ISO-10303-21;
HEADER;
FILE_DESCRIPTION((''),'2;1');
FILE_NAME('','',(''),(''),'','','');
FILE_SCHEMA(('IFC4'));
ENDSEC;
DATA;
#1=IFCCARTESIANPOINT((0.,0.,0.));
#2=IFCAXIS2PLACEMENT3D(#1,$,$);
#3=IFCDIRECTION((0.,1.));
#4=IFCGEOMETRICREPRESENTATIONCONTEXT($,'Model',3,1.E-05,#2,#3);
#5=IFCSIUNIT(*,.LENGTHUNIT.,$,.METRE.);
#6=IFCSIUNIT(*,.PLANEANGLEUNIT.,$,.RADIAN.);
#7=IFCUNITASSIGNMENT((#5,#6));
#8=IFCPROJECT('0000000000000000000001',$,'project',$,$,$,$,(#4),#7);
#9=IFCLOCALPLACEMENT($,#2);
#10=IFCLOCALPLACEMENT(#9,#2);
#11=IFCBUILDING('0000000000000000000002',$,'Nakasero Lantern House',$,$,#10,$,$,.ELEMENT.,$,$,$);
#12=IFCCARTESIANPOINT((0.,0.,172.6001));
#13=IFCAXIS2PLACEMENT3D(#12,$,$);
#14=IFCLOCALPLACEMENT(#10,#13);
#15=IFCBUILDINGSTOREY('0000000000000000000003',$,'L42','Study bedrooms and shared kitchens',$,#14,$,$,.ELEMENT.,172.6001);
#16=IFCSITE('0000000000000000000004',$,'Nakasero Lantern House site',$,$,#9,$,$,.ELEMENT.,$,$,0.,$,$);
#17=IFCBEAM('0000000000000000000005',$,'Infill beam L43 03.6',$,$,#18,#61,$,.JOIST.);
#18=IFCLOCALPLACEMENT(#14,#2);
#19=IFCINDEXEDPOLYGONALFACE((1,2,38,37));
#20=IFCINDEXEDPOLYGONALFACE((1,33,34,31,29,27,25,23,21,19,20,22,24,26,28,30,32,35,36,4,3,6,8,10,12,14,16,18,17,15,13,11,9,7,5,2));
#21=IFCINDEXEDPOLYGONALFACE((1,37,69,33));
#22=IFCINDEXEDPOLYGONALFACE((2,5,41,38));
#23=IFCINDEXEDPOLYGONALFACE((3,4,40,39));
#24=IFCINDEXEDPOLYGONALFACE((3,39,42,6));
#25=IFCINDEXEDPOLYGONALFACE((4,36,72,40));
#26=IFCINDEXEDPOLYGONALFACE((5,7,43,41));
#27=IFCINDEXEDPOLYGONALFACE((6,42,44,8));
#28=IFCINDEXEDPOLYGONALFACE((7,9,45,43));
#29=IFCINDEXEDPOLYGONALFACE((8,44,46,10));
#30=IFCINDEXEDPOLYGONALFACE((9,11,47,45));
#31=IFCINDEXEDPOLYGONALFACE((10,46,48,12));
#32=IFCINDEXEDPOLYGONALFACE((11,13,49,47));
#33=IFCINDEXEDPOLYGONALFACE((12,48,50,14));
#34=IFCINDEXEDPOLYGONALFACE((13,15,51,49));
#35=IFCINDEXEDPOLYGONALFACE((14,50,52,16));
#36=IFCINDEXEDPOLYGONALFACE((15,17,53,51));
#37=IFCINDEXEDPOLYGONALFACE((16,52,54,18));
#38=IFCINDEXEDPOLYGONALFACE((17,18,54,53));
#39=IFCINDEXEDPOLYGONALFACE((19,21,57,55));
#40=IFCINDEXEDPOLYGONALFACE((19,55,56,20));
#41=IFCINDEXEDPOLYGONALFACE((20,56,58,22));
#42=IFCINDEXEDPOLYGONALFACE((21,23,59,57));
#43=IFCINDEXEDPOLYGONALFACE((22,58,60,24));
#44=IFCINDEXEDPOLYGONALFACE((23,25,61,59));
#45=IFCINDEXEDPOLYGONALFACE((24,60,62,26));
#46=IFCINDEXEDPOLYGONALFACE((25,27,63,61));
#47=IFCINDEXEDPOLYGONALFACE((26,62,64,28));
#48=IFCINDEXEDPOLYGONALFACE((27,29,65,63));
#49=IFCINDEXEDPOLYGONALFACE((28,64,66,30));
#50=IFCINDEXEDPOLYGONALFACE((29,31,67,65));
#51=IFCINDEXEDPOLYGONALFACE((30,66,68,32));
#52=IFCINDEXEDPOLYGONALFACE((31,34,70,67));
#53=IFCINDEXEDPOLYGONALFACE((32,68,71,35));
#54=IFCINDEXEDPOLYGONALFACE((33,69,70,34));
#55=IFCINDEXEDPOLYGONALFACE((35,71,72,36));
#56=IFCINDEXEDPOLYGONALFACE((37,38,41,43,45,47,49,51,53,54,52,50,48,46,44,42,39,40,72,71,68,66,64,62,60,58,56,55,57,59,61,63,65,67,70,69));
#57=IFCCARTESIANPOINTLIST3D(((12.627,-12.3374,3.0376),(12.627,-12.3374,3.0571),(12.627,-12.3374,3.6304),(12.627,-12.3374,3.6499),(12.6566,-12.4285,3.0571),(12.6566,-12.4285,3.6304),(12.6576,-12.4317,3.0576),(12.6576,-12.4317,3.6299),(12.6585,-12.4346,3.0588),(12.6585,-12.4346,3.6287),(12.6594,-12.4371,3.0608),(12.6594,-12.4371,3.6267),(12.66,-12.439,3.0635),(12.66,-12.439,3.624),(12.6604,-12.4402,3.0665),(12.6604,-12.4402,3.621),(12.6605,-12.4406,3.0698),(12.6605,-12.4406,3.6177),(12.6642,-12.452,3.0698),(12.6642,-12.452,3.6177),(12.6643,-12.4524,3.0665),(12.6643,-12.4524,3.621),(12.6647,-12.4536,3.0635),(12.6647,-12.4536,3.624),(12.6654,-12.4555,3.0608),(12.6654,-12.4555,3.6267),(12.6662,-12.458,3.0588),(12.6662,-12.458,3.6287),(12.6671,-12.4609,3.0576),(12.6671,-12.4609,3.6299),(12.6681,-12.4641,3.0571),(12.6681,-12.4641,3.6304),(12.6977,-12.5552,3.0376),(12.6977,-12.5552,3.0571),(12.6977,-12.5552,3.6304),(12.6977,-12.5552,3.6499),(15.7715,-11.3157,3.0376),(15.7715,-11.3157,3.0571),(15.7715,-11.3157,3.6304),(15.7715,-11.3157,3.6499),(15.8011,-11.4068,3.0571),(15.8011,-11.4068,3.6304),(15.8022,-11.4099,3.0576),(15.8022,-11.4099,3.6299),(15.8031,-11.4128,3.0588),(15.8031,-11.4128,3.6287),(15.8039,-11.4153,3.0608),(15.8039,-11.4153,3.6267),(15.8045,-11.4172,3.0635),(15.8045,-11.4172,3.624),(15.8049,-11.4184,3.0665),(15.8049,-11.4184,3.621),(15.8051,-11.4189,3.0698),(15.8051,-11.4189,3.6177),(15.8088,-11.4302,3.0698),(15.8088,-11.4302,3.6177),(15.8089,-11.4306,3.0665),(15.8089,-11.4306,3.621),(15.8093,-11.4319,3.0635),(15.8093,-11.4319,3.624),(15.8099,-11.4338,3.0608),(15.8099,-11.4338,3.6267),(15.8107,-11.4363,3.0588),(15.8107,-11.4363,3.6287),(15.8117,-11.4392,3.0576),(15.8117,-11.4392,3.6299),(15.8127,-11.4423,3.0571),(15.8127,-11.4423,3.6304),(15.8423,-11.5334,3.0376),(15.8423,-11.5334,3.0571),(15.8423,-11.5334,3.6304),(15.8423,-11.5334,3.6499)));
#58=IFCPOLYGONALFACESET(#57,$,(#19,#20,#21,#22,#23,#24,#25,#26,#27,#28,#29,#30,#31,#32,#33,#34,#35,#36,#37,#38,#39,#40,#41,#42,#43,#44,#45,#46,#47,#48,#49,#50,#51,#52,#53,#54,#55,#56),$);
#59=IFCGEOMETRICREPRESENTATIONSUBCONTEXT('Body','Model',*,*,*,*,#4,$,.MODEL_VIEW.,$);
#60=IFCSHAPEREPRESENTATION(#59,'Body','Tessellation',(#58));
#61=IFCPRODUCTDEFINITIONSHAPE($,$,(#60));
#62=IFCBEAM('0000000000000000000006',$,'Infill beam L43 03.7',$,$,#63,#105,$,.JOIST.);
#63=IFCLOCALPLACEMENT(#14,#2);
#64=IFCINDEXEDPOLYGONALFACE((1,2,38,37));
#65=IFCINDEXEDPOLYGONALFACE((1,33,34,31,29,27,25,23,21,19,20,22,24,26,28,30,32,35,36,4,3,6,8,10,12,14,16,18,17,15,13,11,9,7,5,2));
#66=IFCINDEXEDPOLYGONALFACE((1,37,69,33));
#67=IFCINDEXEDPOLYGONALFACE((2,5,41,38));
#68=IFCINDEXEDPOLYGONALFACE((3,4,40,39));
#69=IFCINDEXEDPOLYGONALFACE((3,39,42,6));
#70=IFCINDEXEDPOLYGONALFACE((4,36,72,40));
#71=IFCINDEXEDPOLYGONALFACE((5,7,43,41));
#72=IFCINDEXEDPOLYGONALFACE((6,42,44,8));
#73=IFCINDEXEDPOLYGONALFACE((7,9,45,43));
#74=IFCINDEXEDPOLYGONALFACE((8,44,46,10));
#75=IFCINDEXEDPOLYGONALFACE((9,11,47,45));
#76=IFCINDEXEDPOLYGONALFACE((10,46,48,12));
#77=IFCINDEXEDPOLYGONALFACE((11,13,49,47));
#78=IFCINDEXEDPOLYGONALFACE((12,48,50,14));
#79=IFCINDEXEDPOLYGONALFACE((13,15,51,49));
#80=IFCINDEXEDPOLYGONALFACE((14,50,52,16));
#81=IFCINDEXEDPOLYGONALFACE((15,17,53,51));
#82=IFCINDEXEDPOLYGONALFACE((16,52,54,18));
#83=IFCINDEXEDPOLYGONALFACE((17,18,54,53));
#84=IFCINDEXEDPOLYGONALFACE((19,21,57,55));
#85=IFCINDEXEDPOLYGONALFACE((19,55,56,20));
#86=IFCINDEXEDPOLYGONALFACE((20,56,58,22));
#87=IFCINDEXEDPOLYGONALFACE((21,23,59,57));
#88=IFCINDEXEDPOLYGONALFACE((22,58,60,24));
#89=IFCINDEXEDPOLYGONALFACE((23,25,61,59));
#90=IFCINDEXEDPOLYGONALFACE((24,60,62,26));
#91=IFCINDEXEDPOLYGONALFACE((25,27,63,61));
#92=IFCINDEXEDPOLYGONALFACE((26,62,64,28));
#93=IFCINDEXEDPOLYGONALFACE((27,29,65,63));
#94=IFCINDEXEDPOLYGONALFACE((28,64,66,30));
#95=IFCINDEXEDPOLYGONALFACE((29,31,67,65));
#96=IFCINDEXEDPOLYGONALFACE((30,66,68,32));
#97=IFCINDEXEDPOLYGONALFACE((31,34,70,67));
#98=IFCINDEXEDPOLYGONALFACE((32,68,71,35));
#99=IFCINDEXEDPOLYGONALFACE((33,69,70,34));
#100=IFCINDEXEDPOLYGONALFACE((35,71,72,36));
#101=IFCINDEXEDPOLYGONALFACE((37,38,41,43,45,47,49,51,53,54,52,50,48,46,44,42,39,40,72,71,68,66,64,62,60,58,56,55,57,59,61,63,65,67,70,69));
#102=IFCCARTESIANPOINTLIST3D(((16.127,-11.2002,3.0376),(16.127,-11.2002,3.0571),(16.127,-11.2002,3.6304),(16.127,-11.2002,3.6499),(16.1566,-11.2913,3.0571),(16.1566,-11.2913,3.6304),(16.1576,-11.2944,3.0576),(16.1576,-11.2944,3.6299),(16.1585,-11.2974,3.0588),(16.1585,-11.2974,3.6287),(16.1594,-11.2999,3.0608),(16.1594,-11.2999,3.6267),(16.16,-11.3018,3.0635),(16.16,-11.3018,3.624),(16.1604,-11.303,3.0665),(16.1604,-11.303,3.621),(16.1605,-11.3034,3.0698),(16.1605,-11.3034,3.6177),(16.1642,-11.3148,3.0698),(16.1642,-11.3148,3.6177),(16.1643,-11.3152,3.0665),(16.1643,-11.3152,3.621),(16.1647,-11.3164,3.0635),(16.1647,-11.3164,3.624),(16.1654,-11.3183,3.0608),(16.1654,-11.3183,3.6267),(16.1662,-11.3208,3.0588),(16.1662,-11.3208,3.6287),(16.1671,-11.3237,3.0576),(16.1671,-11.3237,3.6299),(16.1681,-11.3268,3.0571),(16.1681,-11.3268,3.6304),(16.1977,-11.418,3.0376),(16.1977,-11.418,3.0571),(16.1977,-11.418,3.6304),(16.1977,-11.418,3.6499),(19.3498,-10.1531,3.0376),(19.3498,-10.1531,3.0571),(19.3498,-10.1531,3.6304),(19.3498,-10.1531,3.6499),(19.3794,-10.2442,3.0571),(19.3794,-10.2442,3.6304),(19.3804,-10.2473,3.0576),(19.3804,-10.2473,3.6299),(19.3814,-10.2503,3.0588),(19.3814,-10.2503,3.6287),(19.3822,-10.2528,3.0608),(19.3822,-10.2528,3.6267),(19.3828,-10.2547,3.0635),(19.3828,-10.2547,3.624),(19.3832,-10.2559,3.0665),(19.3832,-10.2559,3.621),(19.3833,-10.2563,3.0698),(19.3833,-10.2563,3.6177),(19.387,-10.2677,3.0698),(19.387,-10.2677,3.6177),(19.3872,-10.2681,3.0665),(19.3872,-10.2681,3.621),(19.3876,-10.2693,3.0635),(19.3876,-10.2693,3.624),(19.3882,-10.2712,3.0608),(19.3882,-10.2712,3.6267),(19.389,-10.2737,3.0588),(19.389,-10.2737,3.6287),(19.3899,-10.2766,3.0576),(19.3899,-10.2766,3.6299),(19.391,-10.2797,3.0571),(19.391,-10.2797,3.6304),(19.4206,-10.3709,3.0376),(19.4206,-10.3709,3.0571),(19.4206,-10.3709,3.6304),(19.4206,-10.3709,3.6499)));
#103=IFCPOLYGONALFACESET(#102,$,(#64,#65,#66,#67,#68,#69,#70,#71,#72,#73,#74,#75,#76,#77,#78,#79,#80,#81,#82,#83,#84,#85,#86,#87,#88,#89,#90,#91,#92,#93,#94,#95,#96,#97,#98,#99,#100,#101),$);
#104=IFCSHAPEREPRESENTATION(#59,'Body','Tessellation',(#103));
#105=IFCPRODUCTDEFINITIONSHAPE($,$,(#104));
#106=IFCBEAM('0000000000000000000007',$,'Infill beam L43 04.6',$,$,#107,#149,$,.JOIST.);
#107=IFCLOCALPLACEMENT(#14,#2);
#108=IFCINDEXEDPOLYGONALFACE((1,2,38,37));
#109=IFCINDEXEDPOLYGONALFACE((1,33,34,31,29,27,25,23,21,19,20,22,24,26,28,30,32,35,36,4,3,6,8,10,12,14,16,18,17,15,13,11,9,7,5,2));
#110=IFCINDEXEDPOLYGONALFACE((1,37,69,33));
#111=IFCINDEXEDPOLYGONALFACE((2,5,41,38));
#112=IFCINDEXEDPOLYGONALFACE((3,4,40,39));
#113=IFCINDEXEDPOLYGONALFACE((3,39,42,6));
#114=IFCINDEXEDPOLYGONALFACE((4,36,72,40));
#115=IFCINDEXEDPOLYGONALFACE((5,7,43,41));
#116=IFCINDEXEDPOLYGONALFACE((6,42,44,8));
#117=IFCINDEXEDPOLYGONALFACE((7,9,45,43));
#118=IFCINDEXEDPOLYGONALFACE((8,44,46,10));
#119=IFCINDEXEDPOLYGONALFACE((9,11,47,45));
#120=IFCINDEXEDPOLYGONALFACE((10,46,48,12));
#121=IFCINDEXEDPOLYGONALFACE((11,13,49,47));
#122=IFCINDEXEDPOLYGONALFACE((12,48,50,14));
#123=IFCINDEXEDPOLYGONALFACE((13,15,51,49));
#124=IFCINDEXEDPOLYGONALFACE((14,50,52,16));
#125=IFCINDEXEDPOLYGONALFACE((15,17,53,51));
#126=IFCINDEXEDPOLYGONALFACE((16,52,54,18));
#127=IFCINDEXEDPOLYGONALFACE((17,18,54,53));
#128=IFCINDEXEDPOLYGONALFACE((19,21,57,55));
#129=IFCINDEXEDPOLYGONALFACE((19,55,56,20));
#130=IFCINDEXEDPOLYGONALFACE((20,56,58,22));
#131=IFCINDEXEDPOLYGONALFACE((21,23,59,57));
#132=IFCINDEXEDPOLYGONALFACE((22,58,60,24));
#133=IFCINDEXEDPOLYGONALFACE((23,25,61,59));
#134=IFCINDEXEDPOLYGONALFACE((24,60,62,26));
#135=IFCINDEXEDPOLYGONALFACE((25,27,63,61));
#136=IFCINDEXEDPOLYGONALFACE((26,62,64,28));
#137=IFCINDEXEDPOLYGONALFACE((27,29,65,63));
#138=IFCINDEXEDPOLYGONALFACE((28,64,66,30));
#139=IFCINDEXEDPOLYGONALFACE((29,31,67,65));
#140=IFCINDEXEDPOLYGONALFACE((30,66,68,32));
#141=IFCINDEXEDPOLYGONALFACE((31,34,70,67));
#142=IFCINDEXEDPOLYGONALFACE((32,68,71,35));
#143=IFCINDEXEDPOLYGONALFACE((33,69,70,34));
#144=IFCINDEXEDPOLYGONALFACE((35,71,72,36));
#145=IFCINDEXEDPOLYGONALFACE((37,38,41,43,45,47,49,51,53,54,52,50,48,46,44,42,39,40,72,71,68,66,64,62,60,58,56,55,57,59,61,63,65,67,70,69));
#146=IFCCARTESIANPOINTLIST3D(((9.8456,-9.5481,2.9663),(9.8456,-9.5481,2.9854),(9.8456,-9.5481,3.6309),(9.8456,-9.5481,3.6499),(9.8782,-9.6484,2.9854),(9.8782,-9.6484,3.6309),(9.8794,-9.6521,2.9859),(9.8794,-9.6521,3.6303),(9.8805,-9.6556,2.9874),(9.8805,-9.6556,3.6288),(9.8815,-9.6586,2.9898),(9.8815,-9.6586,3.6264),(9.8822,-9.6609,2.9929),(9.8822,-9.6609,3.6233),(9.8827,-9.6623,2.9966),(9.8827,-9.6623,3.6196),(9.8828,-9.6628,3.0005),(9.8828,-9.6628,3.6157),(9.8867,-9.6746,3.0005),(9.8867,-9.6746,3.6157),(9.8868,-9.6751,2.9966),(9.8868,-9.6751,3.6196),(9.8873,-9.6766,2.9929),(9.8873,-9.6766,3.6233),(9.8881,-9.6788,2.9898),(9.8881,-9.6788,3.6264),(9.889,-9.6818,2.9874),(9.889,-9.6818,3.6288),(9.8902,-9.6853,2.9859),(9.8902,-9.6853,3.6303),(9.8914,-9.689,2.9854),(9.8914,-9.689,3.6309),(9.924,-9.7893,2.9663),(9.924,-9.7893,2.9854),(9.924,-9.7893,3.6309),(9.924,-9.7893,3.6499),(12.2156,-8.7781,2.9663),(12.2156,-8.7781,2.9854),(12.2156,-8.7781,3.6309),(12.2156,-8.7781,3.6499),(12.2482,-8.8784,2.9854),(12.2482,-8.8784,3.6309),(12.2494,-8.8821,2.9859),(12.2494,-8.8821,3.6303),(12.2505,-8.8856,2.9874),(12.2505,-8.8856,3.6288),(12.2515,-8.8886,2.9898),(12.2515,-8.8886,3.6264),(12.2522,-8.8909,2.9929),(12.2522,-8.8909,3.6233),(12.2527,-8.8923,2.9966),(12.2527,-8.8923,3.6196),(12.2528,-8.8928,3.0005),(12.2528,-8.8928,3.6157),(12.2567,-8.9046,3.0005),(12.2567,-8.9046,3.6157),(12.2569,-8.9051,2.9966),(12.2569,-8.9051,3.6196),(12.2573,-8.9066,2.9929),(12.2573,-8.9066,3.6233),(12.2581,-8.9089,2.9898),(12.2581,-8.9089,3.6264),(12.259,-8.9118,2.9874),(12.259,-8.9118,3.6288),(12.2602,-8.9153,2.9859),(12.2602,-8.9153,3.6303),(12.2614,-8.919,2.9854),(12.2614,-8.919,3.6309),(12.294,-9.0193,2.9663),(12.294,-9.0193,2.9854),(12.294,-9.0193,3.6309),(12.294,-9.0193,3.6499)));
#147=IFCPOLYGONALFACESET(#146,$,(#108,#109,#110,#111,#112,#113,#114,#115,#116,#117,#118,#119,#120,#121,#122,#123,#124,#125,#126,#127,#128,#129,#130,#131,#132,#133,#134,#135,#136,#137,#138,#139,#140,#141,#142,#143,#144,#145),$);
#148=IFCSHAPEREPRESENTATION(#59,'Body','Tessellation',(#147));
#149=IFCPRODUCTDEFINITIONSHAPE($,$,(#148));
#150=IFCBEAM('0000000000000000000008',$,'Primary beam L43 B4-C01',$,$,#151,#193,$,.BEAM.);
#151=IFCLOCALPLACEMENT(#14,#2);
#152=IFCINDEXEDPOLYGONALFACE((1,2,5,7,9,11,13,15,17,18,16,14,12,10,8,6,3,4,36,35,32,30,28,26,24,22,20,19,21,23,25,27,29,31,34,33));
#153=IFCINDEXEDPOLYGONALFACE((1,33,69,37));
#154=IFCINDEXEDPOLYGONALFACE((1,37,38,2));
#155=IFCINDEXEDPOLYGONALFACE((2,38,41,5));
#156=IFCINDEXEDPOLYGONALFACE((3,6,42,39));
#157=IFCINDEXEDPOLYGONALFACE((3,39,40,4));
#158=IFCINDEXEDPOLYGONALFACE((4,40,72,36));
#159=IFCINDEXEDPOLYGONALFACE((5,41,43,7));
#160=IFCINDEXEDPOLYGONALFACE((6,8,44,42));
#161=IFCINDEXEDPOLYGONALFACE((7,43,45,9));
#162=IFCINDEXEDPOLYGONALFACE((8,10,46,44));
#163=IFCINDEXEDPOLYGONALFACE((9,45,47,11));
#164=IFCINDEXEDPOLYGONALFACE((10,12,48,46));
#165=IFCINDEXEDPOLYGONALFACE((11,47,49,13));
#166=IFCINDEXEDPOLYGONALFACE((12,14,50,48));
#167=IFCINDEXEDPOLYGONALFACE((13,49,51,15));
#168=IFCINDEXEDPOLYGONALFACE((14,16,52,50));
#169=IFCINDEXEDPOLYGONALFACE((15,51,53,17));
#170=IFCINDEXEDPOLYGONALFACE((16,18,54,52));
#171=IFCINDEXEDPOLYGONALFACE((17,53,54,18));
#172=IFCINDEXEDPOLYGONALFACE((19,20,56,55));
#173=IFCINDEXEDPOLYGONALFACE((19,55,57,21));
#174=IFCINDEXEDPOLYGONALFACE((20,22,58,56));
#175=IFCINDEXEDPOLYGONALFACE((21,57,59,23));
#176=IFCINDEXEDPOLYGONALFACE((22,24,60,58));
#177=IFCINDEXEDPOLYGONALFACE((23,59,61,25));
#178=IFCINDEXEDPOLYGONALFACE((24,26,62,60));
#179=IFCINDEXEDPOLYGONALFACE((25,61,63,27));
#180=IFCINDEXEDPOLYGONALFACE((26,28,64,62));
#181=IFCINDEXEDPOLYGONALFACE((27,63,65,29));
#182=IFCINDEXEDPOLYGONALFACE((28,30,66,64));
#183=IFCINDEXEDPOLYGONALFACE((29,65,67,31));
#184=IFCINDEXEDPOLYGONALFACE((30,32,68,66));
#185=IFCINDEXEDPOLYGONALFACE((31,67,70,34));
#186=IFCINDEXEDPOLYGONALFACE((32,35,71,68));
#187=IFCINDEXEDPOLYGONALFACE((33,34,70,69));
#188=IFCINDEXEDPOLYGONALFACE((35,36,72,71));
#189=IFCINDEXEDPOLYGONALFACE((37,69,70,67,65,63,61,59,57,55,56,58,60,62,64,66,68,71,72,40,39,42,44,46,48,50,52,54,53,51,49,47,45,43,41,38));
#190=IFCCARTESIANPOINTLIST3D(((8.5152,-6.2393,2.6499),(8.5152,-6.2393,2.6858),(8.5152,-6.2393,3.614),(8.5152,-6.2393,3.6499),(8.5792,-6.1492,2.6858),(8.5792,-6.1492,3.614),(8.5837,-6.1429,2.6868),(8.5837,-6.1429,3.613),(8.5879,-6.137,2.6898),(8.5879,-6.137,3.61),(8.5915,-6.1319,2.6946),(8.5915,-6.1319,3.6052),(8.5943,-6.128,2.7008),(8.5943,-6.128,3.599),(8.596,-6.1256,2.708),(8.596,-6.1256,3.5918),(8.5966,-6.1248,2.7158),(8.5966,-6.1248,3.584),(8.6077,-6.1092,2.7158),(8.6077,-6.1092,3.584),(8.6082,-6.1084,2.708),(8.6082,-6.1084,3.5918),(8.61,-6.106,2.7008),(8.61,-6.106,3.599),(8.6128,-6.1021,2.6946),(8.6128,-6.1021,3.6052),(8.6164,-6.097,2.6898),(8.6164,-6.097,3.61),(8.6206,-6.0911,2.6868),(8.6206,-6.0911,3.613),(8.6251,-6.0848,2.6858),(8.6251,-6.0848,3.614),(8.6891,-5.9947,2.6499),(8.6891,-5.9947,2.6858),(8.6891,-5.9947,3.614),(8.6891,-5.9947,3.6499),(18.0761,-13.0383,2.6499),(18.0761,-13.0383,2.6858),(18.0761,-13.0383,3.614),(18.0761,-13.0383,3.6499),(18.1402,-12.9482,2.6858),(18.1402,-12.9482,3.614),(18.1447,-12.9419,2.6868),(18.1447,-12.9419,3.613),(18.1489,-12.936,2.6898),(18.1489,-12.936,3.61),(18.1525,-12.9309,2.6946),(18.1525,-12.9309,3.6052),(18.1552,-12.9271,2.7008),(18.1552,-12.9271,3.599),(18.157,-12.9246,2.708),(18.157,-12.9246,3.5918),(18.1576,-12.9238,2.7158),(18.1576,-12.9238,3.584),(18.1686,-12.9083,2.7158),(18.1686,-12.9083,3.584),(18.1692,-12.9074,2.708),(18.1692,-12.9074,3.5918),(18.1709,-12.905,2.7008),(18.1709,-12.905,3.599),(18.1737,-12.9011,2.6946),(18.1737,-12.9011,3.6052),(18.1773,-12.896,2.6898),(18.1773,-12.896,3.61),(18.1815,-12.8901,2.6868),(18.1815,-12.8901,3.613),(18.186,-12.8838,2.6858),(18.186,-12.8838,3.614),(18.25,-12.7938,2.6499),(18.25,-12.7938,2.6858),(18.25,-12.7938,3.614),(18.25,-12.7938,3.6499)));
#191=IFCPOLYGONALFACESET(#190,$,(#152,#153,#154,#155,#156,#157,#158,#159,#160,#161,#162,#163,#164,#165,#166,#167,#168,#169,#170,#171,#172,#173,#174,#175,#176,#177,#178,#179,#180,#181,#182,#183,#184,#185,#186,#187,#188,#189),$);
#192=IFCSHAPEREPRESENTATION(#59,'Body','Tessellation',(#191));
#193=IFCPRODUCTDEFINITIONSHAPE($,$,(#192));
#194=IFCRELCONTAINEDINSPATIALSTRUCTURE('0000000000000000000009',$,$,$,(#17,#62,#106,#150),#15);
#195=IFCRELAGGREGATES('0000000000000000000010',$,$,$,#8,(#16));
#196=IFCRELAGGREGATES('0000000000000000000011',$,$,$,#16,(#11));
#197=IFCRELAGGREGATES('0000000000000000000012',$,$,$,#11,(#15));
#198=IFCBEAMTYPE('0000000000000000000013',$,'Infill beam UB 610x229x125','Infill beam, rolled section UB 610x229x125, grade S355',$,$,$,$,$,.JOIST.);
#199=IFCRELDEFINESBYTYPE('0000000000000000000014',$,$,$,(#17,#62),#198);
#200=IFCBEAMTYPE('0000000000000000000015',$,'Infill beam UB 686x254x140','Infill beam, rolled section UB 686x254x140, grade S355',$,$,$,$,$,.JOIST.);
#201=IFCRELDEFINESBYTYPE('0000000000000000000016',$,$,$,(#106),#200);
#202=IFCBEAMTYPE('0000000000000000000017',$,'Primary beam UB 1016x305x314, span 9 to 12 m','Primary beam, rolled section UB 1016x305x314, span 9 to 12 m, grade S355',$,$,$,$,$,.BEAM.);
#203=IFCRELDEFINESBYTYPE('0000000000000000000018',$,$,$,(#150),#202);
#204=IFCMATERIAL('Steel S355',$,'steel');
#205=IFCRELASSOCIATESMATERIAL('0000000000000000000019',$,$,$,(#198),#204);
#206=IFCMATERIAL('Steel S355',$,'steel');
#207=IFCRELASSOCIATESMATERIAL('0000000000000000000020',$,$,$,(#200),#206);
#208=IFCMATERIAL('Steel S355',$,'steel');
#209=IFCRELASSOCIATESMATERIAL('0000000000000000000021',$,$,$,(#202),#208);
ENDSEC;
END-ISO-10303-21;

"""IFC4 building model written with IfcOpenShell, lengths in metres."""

from ifc_helpers import new_model, si_unit, direction, frame, origin, origin_2d, place, context, subcontext, project, spatial, i_section, extrude, material, material_profile, profile_set, type_object, element, save


model = new_model("IFC4")

# Units and contexts
model_context = context("Model", 3, precision=1e-05, world=origin(), true_north=direction((0.0, 1.0)))
body_context = subcontext(model_context, "Body", "Model", "MODEL_VIEW")
ifc_project = project(units=[si_unit("LENGTHUNIT", "METRE"), si_unit("PLANEANGLEUNIT", "RADIAN")], contexts=[model_context])

# Site, building, storey
site_placement = place(None, origin())
site = spatial("IfcSite", under=ifc_project, at=site_placement, Name="Nakasero Lantern House site", CompositionType="ELEMENT", RefElevation=0.0)
building_placement = place(site_placement, origin())
building = spatial("IfcBuilding", under=site, at=building_placement, Name="Nakasero Lantern House", CompositionType="ELEMENT")
storey_placement = place(building_placement, frame((0.0, 0.0, 172.6001)))
storey = spatial("IfcBuildingStorey", under=building, at=storey_placement, Name="L42", Description="Study bedrooms and shared kitchens", CompositionType="ELEMENT", Elevation=172.6001)

# Beams
ifc_material_1 = material(Name="Steel S355", Category="steel")
ifc_material_profile_1 = material_profile(ifc_material_1, i_section(OverallWidth=0.229, OverallDepth=0.6123, WebThickness=0.012, FlangeThickness=0.0195, FilletRadius=0.0127, at=origin_2d()), Name="UB 610x229x125")
ifc_profile_set_1 = profile_set([ifc_material_profile_1], Name="Steel S355")
beam_type_1 = type_object("IfcBeamType", Name="Infill beam UB 610x229x125", Description="Infill beam, rolled section UB 610x229x125, grade S355", PredefinedType="JOIST", material=ifc_profile_set_1)
beam_1_placement = place(storey_placement, frame((12.6624, -12.4463, 3.3438), z_axis=(0.951056, 0.309019, 0.0), x_axis=(-0.309019, 0.951056, 0.0)))
element("IfcBeam", 1, at=beam_1_placement, inside=storey, type_object=beam_type_1, Name="Infill beam L43 03.6", PredefinedType="JOIST", context=body_context, shape_type="SweptSolid", body=[
    extrude(i_section(OverallWidth=0.229, OverallDepth=0.6123, WebThickness=0.012, FlangeThickness=0.0195, FilletRadius=0.0127, at=origin_2d()), origin(), (0.0, 0.0, 1.0), 3.3064),
])
beam_2_placement = place(storey_placement, frame((16.1624, -11.3091, 3.3438), z_axis=(0.951062, 0.309, 0.0), x_axis=(-0.309, 0.951062, 0.0)))
element("IfcBeam", 2, at=beam_2_placement, inside=storey, type_object=beam_type_1, Name="Infill beam L43 03.7", PredefinedType="JOIST", context=body_context, shape_type="SweptSolid", body=[
    extrude(i_section(OverallWidth=0.229, OverallDepth=0.6123, WebThickness=0.012, FlangeThickness=0.0195, FilletRadius=0.0127, at=origin_2d()), origin(), (0.0, 0.0, 1.0), 3.3887),
])
ifc_material_2 = material(Name="Steel S355", Category="steel")
ifc_material_profile_2 = material_profile(ifc_material_2, i_section(OverallWidth=0.2537, OverallDepth=0.6836, WebThickness=0.0125, FlangeThickness=0.019, FilletRadius=0.0151, at=origin_2d()), Name="UB 686x254x140")
ifc_profile_set_2 = profile_set([ifc_material_profile_2], Name="Steel S355")
beam_type_2 = type_object("IfcBeamType", Name="Infill beam UB 686x254x140", Description="Infill beam, rolled section UB 686x254x140, grade S355", PredefinedType="JOIST", material=ifc_profile_set_2)
beam_3_placement = place(storey_placement, frame((9.8848, -9.6687, 3.3081), z_axis=(0.951066, 0.308989, 0.0), x_axis=(-0.308989, 0.951066, 0.0)))
element("IfcBeam", 3, at=beam_3_placement, inside=storey, type_object=beam_type_2, Name="Infill beam L43 04.6", PredefinedType="JOIST", context=body_context, shape_type="SweptSolid", body=[
    extrude(i_section(OverallWidth=0.2537, OverallDepth=0.6836, WebThickness=0.0125, FlangeThickness=0.019, FilletRadius=0.0151, at=origin_2d()), origin(), (0.0, 0.0, 1.0), 2.4919),
])
ifc_material_3 = material(Name="Steel S355", Category="steel")
ifc_material_profile_3 = material_profile(ifc_material_3, i_section(OverallWidth=0.3, OverallDepth=1.0, WebThickness=0.019, FlangeThickness=0.0359, FilletRadius=0.03, at=origin_2d()), Name="UB 1016x305x314")
ifc_profile_set_3 = profile_set([ifc_material_profile_3], Name="Steel S355")
beam_type_3 = type_object("IfcBeamType", Name="Primary beam UB 1016x305x314, span 9 to 12 m", Description="Primary beam, rolled section UB 1016x305x314, span 9 to 12 m, grade S355", PredefinedType="BEAM", material=ifc_profile_set_3)
beam_4_placement = place(storey_placement, frame((18.1631, -12.916, 3.1499), z_axis=(-0.814951, 0.57953, 0.0), x_axis=(-0.57953, -0.814951, 0.0)))
element("IfcBeam", 4, at=beam_4_placement, inside=storey, type_object=beam_type_3, Name="Primary beam L43 B4-C01", PredefinedType="BEAM", context=body_context, shape_type="SweptSolid", body=[
    extrude(i_section(OverallWidth=0.3, OverallDepth=1.0, WebThickness=0.019, FlangeThickness=0.0359, FilletRadius=0.03, at=origin_2d()), origin(), (0.0, 0.0, 1.0), 11.7319),
])

save(model, "model.ifc")
